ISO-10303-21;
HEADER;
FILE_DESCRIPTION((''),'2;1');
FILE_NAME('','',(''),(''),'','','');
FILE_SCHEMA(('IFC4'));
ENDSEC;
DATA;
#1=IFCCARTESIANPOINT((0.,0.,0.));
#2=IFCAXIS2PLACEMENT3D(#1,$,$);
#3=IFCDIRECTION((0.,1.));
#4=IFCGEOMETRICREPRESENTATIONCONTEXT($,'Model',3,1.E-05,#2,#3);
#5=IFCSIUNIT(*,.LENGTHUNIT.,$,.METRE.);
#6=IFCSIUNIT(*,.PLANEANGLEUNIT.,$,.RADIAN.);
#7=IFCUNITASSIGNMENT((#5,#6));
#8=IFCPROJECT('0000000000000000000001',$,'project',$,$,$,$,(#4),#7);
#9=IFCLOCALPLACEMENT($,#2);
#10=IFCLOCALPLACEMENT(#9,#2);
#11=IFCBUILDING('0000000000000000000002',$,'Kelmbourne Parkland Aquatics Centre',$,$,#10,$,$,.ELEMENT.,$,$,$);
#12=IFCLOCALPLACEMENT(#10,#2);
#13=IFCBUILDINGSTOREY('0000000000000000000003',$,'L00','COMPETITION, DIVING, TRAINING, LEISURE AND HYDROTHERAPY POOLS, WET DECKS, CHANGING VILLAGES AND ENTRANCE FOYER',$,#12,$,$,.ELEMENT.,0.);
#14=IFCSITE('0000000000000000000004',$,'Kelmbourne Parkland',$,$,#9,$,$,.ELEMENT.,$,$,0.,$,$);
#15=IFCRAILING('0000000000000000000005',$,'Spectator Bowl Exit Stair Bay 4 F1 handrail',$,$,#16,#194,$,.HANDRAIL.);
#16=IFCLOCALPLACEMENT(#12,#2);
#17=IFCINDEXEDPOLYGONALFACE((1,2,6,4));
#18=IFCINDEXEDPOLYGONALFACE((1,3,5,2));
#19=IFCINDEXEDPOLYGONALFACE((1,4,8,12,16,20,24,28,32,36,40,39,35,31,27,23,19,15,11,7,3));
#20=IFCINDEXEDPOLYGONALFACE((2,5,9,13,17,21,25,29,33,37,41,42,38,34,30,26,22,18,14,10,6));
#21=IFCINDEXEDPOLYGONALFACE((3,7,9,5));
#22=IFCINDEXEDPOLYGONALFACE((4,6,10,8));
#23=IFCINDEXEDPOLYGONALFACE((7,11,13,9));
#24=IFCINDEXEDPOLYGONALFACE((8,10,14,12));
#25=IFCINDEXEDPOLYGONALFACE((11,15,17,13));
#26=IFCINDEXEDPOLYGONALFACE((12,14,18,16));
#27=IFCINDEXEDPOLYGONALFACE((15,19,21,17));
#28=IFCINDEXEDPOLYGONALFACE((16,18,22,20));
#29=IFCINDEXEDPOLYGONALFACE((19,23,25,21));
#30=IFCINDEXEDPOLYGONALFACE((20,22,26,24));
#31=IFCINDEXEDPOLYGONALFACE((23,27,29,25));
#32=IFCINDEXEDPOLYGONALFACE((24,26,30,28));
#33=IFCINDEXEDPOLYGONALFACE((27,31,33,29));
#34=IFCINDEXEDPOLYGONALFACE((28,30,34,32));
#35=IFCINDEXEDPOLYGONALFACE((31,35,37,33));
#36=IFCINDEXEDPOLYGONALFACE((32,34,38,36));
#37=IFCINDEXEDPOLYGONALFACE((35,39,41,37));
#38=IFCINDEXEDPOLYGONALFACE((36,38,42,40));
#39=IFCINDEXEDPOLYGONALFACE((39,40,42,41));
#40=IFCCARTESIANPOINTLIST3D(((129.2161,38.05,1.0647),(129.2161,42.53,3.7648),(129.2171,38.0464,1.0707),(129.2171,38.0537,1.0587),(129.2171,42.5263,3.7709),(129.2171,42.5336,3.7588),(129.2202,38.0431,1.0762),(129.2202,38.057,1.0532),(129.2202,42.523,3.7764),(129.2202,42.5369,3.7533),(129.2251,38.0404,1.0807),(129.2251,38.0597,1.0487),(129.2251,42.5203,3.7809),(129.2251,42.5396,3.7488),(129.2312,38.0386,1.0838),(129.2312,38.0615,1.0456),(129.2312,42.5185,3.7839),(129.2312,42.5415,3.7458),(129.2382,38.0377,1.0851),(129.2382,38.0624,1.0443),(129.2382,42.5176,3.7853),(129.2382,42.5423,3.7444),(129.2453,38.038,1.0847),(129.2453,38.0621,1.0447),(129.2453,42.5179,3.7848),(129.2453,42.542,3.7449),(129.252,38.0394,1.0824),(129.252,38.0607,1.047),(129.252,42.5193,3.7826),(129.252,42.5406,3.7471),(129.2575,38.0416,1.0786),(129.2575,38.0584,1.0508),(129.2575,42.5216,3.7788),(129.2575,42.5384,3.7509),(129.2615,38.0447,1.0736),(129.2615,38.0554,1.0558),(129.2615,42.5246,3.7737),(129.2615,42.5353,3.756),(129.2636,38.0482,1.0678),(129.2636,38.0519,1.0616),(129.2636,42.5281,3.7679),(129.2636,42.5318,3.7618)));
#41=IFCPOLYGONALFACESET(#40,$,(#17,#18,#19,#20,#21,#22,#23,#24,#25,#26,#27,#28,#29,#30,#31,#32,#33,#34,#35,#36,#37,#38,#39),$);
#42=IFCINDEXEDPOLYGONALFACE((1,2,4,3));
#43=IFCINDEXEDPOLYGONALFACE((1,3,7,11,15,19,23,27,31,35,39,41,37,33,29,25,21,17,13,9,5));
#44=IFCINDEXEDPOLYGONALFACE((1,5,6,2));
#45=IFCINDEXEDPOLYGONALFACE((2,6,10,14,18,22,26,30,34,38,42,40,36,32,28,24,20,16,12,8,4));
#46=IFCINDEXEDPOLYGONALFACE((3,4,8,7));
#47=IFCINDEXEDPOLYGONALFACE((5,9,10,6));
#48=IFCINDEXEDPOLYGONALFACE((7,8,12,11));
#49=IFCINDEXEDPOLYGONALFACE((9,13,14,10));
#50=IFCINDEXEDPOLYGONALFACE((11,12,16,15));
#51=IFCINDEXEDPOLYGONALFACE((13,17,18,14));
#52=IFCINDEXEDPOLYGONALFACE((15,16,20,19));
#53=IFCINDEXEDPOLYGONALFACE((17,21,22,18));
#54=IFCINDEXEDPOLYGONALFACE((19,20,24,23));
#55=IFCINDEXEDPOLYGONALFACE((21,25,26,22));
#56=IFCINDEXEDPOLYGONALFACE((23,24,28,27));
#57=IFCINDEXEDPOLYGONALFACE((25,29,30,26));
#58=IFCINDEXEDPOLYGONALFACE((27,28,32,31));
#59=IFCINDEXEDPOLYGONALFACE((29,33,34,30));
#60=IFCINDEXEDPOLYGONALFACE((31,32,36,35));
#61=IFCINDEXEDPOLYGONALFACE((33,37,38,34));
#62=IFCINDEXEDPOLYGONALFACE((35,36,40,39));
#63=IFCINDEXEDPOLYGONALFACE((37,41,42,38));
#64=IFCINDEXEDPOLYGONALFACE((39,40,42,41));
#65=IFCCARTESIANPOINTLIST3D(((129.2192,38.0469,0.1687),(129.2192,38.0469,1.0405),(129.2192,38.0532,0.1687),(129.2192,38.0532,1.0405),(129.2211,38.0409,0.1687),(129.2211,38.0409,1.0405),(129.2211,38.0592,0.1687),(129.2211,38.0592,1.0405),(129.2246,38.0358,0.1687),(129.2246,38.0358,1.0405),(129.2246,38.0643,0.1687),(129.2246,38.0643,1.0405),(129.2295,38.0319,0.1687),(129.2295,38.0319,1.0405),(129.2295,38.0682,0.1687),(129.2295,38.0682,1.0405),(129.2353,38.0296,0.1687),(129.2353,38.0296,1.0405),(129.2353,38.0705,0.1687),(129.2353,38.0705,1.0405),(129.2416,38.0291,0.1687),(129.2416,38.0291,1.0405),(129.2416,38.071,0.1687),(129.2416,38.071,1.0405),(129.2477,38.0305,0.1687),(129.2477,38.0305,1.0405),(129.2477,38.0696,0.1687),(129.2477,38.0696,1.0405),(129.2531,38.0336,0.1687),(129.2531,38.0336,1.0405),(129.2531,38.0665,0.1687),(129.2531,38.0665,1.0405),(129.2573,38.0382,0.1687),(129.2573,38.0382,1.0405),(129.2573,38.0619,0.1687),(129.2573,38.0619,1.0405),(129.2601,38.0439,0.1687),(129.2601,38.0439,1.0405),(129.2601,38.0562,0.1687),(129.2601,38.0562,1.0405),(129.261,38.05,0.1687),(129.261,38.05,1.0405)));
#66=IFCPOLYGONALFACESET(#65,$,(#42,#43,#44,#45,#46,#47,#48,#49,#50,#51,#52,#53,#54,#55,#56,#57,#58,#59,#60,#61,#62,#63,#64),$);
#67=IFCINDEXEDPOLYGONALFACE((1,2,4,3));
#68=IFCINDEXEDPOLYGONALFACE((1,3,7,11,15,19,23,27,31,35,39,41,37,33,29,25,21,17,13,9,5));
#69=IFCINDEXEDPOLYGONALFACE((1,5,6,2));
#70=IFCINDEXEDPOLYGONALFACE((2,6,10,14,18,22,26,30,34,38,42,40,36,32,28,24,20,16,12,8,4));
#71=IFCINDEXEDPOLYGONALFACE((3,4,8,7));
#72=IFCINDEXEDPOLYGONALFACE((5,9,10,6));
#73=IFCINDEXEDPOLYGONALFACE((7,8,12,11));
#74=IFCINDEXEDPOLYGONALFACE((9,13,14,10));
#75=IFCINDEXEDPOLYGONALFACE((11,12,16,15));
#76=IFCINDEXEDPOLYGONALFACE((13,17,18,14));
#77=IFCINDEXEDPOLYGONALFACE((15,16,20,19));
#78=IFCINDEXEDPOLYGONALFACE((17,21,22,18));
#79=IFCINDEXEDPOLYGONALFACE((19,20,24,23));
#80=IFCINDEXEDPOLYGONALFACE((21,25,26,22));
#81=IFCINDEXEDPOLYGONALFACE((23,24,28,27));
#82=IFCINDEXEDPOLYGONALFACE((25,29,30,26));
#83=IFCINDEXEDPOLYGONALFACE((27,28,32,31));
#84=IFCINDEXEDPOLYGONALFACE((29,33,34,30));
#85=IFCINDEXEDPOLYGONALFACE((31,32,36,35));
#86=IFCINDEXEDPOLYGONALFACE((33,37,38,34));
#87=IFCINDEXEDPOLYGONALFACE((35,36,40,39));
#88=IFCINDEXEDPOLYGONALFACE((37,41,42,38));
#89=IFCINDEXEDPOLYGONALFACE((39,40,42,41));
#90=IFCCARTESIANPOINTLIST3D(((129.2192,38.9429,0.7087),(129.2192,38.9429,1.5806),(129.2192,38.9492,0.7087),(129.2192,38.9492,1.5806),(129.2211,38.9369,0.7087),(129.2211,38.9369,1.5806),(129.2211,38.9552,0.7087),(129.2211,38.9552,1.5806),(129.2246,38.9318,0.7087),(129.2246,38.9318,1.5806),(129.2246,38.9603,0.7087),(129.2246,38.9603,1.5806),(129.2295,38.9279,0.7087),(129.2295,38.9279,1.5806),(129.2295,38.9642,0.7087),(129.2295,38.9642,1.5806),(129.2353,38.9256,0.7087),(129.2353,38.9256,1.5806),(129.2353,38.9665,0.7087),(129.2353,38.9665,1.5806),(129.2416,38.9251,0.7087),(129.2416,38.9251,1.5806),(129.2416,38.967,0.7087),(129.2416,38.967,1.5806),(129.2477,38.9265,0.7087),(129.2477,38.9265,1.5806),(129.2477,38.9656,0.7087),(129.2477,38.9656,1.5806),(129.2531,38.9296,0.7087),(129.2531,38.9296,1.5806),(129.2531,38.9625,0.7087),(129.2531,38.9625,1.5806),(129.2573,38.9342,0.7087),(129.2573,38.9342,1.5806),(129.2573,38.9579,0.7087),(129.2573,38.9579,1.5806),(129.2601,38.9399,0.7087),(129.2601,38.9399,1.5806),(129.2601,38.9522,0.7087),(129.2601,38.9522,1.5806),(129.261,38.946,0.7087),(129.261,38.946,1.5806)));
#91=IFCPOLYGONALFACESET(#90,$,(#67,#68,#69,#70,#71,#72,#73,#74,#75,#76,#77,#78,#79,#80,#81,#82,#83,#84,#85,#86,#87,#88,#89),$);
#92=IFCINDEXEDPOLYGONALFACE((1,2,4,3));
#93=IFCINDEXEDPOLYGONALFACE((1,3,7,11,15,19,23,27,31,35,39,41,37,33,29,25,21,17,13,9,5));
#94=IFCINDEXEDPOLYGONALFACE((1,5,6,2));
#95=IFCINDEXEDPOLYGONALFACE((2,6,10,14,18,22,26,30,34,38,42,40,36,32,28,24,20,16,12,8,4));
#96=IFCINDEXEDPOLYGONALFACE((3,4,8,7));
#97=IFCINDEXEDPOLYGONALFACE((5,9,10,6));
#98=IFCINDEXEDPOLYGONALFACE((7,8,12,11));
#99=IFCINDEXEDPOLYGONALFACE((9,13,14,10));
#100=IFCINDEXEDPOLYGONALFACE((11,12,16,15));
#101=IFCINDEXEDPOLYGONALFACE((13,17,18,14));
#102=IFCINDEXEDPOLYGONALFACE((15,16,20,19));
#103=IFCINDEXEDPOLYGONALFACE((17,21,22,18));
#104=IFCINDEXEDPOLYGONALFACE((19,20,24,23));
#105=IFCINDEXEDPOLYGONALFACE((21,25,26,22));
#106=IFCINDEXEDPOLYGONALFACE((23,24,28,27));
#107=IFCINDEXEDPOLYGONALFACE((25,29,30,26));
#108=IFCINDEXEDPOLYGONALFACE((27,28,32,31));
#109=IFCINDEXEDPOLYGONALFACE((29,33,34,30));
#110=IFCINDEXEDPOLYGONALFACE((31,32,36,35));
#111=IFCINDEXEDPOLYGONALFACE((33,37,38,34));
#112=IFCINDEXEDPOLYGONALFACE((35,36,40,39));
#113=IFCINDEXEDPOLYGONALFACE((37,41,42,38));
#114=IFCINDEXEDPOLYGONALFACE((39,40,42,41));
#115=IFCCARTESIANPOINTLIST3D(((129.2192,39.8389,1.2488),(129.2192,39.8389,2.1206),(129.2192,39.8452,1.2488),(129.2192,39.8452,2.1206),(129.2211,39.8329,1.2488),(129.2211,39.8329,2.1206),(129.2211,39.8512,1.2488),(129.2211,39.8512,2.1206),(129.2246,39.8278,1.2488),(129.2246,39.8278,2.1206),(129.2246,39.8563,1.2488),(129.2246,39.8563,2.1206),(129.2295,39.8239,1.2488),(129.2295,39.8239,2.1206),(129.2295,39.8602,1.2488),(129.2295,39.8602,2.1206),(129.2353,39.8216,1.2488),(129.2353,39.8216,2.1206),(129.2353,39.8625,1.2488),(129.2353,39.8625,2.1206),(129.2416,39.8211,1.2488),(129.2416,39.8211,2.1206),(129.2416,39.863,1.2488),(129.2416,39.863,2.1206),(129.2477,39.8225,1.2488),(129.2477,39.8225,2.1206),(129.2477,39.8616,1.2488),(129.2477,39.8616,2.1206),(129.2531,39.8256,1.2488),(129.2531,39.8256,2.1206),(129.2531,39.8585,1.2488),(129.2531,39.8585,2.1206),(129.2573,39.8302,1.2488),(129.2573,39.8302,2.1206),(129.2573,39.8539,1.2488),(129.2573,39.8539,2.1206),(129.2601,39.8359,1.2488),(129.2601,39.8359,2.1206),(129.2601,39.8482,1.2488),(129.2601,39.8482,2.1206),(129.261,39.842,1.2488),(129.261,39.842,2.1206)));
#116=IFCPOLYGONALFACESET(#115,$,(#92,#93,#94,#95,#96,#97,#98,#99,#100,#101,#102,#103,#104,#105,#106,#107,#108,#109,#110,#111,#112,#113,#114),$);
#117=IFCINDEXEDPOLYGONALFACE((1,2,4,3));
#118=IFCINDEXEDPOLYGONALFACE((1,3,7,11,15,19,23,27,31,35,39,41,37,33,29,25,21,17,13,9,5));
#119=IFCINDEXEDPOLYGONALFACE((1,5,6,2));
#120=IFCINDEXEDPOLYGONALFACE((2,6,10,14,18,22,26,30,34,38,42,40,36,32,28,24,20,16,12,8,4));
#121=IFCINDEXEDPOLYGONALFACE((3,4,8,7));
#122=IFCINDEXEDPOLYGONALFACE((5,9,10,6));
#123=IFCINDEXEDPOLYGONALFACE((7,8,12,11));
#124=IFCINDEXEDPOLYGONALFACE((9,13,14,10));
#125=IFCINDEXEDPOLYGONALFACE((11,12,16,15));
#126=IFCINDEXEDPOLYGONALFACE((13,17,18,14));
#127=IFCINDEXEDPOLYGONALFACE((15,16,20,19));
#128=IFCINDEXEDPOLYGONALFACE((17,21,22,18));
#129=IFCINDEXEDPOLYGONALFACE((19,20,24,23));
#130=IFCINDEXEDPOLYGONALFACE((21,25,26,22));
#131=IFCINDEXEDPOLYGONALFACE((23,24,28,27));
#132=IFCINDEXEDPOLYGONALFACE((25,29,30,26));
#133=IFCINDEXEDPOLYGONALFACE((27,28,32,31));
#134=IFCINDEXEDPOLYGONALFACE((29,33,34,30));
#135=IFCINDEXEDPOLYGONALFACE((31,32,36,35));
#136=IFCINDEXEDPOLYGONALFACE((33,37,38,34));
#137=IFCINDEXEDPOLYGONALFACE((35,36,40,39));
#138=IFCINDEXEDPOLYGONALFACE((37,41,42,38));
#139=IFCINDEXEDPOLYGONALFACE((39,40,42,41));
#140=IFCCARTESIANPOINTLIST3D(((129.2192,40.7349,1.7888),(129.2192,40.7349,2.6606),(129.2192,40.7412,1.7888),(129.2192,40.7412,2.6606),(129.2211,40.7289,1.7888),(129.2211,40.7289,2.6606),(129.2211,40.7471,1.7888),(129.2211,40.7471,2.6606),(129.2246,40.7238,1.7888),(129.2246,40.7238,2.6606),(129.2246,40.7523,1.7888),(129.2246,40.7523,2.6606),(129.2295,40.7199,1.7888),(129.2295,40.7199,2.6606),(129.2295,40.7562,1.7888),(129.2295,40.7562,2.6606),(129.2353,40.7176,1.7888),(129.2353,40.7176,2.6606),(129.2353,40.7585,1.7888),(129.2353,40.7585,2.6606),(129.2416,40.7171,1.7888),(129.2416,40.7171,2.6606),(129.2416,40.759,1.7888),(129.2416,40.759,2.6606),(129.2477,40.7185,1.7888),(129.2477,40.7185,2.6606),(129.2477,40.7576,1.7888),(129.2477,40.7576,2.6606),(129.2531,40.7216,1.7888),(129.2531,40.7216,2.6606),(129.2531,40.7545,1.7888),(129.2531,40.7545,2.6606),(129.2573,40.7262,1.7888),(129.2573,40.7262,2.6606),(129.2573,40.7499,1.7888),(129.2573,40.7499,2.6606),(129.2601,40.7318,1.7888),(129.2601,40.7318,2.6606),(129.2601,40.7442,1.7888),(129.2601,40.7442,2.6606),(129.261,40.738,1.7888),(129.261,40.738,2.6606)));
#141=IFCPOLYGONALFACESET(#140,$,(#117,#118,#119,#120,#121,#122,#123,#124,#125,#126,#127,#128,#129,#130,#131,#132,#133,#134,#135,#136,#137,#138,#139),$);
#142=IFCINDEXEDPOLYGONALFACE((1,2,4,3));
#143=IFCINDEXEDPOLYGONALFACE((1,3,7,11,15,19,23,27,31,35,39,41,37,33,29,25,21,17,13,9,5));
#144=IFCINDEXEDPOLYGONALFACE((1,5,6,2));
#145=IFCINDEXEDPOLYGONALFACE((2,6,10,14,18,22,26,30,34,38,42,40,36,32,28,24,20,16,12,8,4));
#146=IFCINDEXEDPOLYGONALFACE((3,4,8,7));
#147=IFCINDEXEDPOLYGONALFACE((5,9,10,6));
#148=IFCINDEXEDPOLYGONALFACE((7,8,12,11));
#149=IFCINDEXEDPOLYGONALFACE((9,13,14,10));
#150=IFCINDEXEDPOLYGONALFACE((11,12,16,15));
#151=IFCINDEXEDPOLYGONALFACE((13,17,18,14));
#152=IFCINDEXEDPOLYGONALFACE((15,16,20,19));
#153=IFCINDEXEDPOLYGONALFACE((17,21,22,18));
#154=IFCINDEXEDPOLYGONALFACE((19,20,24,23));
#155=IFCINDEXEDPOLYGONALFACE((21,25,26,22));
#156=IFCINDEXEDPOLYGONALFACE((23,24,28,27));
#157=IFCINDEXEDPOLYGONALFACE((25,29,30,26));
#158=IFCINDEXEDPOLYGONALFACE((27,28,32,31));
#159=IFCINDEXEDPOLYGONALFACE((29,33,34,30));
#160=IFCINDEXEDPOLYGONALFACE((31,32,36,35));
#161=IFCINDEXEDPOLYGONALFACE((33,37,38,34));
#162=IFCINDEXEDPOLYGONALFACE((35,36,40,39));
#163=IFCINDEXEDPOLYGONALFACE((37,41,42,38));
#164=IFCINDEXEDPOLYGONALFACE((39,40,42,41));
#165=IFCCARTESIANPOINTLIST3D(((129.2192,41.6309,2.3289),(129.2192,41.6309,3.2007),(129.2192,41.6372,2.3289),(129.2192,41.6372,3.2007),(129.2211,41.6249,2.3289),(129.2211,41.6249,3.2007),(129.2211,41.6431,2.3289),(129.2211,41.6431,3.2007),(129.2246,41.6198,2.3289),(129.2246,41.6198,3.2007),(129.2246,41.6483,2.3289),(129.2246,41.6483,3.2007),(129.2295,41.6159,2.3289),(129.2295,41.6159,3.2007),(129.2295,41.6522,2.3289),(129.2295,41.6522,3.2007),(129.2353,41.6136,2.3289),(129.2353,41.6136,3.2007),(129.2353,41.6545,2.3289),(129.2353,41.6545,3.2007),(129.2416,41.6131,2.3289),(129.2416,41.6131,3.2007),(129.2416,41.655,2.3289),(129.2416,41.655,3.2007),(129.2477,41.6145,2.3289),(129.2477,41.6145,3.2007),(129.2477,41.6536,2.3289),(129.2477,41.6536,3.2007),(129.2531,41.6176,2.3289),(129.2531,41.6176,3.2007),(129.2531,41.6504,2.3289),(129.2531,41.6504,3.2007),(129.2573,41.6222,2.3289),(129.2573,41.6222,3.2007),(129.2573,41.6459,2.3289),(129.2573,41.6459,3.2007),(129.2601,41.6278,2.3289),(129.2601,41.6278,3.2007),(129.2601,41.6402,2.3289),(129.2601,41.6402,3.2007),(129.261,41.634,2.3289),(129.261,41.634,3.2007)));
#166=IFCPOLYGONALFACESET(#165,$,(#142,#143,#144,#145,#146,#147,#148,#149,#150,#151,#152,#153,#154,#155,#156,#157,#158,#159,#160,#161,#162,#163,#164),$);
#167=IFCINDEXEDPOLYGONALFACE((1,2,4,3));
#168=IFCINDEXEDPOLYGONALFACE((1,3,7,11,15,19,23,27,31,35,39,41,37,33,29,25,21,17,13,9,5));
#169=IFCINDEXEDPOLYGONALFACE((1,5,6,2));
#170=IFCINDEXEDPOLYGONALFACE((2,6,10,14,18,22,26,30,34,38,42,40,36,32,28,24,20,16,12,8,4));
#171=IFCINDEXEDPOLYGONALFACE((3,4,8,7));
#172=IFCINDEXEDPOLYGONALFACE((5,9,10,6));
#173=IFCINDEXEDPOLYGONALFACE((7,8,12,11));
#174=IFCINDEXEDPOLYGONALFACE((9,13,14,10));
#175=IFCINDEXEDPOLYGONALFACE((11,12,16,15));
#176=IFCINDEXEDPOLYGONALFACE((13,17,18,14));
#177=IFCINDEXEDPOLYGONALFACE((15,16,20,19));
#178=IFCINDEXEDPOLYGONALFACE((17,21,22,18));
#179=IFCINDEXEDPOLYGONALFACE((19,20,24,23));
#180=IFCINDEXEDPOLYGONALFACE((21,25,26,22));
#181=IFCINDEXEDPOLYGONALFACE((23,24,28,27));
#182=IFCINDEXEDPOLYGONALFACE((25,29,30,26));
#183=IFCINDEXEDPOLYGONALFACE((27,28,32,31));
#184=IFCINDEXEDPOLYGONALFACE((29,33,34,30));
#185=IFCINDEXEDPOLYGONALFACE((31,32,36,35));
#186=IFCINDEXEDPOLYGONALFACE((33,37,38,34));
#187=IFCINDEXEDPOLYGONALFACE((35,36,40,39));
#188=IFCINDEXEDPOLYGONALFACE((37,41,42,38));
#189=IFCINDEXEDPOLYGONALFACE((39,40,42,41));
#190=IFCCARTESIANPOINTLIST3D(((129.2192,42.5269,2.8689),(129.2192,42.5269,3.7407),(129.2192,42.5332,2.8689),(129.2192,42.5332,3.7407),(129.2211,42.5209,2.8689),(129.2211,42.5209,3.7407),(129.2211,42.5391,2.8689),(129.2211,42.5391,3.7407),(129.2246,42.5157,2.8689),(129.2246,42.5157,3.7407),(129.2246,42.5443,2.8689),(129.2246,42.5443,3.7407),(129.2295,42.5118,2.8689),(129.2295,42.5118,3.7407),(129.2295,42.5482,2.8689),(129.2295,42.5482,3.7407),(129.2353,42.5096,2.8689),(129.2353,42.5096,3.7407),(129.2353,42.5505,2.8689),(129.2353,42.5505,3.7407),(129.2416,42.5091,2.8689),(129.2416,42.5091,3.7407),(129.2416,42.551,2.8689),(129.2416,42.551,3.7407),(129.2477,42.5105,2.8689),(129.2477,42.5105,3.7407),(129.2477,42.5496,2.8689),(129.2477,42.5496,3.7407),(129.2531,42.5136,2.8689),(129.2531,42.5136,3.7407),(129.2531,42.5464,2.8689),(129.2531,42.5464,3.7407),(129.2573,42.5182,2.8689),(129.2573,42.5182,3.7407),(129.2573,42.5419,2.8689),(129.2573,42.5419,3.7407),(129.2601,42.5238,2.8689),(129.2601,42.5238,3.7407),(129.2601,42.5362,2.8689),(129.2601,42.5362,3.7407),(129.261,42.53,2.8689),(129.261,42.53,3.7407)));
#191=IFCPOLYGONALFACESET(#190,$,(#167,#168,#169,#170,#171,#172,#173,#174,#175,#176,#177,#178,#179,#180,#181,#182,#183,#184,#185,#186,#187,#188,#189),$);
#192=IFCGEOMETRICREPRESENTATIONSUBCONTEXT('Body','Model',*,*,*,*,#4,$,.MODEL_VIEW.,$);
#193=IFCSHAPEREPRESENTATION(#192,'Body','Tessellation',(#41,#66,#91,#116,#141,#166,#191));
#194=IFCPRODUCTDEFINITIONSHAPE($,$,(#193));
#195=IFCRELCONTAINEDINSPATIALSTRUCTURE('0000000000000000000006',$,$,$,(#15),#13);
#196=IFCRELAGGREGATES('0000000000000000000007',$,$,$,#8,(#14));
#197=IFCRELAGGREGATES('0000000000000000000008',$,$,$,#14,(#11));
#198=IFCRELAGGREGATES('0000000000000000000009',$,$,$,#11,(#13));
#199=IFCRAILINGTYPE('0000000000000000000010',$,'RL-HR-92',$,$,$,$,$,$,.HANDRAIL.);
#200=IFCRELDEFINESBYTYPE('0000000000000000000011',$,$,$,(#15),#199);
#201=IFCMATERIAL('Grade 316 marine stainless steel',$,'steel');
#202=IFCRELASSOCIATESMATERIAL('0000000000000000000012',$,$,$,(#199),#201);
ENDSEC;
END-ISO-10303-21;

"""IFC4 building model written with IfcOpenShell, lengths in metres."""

from ifc_helpers import new_model, si_unit, direction, frame, origin, origin_2d, place, context, subcontext, project, spatial, circle, extrude, material, type_object, element, save


model = new_model("IFC4")

# Units and contexts
model_context = context("Model", 3, precision=1e-05, world=origin(), true_north=direction((0.0, 1.0)))
body_context = subcontext(model_context, "Body", "Model", "MODEL_VIEW")
ifc_project = project(units=[si_unit("LENGTHUNIT", "METRE"), si_unit("PLANEANGLEUNIT", "RADIAN")], contexts=[model_context])

# Site, building, storey
site_placement = place(None, origin())
site = spatial("IfcSite", under=ifc_project, at=site_placement, Name="Kelmbourne Parkland", CompositionType="ELEMENT", RefElevation=0.0)
building_placement = place(site_placement, origin())
building = spatial("IfcBuilding", under=site, at=building_placement, Name="Kelmbourne Parkland Aquatics Centre", CompositionType="ELEMENT")
storey_placement = place(building_placement, origin())
storey = spatial("IfcBuildingStorey", under=building, at=storey_placement, Name="L00", Description="COMPETITION, DIVING, TRAINING, LEISURE AND HYDROTHERAPY POOLS, WET DECKS, CHANGING VILLAGES AND ENTRANCE FOYER", CompositionType="ELEMENT", Elevation=0.0)

# Railing
ifc_material_1 = material(Name="Grade 316 marine stainless steel", Category="steel")
railing_type_1 = type_object("IfcRailingType", Name="RL-HR-92", PredefinedType="HANDRAIL", material=ifc_material_1)
railing_1_placement = place(storey_placement, frame((129.24, 38.05, 0.1687)))
element("IfcRailing", 1, at=railing_1_placement, inside=storey, type_object=railing_type_1, Name="Spectator Bowl Exit Stair Bay 4 F1 handrail", PredefinedType="HANDRAIL", context=body_context, shape_type="SweptSolid", body=[
    extrude(circle(Radius=0.0239, at=origin_2d()), frame((0.0, 0.0, 0.896), z_axis=(0.0, 0.856462, 0.516211), x_axis=(-1.0, 0.0, 0.0)), (0.0, 0.0, 1.0), 5.2307),
    extrude(circle(Radius=0.021, at=origin_2d()), origin(), (0.0, 0.0, 1.0), 0.8718),
    extrude(circle(Radius=0.021, at=origin_2d()), frame((0.0, 0.896, 0.54)), (0.0, 0.0, 1.0), 0.8718),
    extrude(circle(Radius=0.021, at=origin_2d()), frame((0.0, 1.792, 1.0801)), (0.0, 0.0, 1.0), 0.8718),
    extrude(circle(Radius=0.021, at=origin_2d()), frame((0.0, 2.688, 1.6201)), (0.0, 0.0, 1.0), 0.8718),
    extrude(circle(Radius=0.021, at=origin_2d()), frame((0.0, 3.584, 2.1602)), (0.0, 0.0, 1.0), 0.8718),
    extrude(circle(Radius=0.021, at=origin_2d()), frame((0.0, 4.48, 2.7002)), (0.0, 0.0, 1.0), 0.8718),
])

save(model, "model.ifc")
